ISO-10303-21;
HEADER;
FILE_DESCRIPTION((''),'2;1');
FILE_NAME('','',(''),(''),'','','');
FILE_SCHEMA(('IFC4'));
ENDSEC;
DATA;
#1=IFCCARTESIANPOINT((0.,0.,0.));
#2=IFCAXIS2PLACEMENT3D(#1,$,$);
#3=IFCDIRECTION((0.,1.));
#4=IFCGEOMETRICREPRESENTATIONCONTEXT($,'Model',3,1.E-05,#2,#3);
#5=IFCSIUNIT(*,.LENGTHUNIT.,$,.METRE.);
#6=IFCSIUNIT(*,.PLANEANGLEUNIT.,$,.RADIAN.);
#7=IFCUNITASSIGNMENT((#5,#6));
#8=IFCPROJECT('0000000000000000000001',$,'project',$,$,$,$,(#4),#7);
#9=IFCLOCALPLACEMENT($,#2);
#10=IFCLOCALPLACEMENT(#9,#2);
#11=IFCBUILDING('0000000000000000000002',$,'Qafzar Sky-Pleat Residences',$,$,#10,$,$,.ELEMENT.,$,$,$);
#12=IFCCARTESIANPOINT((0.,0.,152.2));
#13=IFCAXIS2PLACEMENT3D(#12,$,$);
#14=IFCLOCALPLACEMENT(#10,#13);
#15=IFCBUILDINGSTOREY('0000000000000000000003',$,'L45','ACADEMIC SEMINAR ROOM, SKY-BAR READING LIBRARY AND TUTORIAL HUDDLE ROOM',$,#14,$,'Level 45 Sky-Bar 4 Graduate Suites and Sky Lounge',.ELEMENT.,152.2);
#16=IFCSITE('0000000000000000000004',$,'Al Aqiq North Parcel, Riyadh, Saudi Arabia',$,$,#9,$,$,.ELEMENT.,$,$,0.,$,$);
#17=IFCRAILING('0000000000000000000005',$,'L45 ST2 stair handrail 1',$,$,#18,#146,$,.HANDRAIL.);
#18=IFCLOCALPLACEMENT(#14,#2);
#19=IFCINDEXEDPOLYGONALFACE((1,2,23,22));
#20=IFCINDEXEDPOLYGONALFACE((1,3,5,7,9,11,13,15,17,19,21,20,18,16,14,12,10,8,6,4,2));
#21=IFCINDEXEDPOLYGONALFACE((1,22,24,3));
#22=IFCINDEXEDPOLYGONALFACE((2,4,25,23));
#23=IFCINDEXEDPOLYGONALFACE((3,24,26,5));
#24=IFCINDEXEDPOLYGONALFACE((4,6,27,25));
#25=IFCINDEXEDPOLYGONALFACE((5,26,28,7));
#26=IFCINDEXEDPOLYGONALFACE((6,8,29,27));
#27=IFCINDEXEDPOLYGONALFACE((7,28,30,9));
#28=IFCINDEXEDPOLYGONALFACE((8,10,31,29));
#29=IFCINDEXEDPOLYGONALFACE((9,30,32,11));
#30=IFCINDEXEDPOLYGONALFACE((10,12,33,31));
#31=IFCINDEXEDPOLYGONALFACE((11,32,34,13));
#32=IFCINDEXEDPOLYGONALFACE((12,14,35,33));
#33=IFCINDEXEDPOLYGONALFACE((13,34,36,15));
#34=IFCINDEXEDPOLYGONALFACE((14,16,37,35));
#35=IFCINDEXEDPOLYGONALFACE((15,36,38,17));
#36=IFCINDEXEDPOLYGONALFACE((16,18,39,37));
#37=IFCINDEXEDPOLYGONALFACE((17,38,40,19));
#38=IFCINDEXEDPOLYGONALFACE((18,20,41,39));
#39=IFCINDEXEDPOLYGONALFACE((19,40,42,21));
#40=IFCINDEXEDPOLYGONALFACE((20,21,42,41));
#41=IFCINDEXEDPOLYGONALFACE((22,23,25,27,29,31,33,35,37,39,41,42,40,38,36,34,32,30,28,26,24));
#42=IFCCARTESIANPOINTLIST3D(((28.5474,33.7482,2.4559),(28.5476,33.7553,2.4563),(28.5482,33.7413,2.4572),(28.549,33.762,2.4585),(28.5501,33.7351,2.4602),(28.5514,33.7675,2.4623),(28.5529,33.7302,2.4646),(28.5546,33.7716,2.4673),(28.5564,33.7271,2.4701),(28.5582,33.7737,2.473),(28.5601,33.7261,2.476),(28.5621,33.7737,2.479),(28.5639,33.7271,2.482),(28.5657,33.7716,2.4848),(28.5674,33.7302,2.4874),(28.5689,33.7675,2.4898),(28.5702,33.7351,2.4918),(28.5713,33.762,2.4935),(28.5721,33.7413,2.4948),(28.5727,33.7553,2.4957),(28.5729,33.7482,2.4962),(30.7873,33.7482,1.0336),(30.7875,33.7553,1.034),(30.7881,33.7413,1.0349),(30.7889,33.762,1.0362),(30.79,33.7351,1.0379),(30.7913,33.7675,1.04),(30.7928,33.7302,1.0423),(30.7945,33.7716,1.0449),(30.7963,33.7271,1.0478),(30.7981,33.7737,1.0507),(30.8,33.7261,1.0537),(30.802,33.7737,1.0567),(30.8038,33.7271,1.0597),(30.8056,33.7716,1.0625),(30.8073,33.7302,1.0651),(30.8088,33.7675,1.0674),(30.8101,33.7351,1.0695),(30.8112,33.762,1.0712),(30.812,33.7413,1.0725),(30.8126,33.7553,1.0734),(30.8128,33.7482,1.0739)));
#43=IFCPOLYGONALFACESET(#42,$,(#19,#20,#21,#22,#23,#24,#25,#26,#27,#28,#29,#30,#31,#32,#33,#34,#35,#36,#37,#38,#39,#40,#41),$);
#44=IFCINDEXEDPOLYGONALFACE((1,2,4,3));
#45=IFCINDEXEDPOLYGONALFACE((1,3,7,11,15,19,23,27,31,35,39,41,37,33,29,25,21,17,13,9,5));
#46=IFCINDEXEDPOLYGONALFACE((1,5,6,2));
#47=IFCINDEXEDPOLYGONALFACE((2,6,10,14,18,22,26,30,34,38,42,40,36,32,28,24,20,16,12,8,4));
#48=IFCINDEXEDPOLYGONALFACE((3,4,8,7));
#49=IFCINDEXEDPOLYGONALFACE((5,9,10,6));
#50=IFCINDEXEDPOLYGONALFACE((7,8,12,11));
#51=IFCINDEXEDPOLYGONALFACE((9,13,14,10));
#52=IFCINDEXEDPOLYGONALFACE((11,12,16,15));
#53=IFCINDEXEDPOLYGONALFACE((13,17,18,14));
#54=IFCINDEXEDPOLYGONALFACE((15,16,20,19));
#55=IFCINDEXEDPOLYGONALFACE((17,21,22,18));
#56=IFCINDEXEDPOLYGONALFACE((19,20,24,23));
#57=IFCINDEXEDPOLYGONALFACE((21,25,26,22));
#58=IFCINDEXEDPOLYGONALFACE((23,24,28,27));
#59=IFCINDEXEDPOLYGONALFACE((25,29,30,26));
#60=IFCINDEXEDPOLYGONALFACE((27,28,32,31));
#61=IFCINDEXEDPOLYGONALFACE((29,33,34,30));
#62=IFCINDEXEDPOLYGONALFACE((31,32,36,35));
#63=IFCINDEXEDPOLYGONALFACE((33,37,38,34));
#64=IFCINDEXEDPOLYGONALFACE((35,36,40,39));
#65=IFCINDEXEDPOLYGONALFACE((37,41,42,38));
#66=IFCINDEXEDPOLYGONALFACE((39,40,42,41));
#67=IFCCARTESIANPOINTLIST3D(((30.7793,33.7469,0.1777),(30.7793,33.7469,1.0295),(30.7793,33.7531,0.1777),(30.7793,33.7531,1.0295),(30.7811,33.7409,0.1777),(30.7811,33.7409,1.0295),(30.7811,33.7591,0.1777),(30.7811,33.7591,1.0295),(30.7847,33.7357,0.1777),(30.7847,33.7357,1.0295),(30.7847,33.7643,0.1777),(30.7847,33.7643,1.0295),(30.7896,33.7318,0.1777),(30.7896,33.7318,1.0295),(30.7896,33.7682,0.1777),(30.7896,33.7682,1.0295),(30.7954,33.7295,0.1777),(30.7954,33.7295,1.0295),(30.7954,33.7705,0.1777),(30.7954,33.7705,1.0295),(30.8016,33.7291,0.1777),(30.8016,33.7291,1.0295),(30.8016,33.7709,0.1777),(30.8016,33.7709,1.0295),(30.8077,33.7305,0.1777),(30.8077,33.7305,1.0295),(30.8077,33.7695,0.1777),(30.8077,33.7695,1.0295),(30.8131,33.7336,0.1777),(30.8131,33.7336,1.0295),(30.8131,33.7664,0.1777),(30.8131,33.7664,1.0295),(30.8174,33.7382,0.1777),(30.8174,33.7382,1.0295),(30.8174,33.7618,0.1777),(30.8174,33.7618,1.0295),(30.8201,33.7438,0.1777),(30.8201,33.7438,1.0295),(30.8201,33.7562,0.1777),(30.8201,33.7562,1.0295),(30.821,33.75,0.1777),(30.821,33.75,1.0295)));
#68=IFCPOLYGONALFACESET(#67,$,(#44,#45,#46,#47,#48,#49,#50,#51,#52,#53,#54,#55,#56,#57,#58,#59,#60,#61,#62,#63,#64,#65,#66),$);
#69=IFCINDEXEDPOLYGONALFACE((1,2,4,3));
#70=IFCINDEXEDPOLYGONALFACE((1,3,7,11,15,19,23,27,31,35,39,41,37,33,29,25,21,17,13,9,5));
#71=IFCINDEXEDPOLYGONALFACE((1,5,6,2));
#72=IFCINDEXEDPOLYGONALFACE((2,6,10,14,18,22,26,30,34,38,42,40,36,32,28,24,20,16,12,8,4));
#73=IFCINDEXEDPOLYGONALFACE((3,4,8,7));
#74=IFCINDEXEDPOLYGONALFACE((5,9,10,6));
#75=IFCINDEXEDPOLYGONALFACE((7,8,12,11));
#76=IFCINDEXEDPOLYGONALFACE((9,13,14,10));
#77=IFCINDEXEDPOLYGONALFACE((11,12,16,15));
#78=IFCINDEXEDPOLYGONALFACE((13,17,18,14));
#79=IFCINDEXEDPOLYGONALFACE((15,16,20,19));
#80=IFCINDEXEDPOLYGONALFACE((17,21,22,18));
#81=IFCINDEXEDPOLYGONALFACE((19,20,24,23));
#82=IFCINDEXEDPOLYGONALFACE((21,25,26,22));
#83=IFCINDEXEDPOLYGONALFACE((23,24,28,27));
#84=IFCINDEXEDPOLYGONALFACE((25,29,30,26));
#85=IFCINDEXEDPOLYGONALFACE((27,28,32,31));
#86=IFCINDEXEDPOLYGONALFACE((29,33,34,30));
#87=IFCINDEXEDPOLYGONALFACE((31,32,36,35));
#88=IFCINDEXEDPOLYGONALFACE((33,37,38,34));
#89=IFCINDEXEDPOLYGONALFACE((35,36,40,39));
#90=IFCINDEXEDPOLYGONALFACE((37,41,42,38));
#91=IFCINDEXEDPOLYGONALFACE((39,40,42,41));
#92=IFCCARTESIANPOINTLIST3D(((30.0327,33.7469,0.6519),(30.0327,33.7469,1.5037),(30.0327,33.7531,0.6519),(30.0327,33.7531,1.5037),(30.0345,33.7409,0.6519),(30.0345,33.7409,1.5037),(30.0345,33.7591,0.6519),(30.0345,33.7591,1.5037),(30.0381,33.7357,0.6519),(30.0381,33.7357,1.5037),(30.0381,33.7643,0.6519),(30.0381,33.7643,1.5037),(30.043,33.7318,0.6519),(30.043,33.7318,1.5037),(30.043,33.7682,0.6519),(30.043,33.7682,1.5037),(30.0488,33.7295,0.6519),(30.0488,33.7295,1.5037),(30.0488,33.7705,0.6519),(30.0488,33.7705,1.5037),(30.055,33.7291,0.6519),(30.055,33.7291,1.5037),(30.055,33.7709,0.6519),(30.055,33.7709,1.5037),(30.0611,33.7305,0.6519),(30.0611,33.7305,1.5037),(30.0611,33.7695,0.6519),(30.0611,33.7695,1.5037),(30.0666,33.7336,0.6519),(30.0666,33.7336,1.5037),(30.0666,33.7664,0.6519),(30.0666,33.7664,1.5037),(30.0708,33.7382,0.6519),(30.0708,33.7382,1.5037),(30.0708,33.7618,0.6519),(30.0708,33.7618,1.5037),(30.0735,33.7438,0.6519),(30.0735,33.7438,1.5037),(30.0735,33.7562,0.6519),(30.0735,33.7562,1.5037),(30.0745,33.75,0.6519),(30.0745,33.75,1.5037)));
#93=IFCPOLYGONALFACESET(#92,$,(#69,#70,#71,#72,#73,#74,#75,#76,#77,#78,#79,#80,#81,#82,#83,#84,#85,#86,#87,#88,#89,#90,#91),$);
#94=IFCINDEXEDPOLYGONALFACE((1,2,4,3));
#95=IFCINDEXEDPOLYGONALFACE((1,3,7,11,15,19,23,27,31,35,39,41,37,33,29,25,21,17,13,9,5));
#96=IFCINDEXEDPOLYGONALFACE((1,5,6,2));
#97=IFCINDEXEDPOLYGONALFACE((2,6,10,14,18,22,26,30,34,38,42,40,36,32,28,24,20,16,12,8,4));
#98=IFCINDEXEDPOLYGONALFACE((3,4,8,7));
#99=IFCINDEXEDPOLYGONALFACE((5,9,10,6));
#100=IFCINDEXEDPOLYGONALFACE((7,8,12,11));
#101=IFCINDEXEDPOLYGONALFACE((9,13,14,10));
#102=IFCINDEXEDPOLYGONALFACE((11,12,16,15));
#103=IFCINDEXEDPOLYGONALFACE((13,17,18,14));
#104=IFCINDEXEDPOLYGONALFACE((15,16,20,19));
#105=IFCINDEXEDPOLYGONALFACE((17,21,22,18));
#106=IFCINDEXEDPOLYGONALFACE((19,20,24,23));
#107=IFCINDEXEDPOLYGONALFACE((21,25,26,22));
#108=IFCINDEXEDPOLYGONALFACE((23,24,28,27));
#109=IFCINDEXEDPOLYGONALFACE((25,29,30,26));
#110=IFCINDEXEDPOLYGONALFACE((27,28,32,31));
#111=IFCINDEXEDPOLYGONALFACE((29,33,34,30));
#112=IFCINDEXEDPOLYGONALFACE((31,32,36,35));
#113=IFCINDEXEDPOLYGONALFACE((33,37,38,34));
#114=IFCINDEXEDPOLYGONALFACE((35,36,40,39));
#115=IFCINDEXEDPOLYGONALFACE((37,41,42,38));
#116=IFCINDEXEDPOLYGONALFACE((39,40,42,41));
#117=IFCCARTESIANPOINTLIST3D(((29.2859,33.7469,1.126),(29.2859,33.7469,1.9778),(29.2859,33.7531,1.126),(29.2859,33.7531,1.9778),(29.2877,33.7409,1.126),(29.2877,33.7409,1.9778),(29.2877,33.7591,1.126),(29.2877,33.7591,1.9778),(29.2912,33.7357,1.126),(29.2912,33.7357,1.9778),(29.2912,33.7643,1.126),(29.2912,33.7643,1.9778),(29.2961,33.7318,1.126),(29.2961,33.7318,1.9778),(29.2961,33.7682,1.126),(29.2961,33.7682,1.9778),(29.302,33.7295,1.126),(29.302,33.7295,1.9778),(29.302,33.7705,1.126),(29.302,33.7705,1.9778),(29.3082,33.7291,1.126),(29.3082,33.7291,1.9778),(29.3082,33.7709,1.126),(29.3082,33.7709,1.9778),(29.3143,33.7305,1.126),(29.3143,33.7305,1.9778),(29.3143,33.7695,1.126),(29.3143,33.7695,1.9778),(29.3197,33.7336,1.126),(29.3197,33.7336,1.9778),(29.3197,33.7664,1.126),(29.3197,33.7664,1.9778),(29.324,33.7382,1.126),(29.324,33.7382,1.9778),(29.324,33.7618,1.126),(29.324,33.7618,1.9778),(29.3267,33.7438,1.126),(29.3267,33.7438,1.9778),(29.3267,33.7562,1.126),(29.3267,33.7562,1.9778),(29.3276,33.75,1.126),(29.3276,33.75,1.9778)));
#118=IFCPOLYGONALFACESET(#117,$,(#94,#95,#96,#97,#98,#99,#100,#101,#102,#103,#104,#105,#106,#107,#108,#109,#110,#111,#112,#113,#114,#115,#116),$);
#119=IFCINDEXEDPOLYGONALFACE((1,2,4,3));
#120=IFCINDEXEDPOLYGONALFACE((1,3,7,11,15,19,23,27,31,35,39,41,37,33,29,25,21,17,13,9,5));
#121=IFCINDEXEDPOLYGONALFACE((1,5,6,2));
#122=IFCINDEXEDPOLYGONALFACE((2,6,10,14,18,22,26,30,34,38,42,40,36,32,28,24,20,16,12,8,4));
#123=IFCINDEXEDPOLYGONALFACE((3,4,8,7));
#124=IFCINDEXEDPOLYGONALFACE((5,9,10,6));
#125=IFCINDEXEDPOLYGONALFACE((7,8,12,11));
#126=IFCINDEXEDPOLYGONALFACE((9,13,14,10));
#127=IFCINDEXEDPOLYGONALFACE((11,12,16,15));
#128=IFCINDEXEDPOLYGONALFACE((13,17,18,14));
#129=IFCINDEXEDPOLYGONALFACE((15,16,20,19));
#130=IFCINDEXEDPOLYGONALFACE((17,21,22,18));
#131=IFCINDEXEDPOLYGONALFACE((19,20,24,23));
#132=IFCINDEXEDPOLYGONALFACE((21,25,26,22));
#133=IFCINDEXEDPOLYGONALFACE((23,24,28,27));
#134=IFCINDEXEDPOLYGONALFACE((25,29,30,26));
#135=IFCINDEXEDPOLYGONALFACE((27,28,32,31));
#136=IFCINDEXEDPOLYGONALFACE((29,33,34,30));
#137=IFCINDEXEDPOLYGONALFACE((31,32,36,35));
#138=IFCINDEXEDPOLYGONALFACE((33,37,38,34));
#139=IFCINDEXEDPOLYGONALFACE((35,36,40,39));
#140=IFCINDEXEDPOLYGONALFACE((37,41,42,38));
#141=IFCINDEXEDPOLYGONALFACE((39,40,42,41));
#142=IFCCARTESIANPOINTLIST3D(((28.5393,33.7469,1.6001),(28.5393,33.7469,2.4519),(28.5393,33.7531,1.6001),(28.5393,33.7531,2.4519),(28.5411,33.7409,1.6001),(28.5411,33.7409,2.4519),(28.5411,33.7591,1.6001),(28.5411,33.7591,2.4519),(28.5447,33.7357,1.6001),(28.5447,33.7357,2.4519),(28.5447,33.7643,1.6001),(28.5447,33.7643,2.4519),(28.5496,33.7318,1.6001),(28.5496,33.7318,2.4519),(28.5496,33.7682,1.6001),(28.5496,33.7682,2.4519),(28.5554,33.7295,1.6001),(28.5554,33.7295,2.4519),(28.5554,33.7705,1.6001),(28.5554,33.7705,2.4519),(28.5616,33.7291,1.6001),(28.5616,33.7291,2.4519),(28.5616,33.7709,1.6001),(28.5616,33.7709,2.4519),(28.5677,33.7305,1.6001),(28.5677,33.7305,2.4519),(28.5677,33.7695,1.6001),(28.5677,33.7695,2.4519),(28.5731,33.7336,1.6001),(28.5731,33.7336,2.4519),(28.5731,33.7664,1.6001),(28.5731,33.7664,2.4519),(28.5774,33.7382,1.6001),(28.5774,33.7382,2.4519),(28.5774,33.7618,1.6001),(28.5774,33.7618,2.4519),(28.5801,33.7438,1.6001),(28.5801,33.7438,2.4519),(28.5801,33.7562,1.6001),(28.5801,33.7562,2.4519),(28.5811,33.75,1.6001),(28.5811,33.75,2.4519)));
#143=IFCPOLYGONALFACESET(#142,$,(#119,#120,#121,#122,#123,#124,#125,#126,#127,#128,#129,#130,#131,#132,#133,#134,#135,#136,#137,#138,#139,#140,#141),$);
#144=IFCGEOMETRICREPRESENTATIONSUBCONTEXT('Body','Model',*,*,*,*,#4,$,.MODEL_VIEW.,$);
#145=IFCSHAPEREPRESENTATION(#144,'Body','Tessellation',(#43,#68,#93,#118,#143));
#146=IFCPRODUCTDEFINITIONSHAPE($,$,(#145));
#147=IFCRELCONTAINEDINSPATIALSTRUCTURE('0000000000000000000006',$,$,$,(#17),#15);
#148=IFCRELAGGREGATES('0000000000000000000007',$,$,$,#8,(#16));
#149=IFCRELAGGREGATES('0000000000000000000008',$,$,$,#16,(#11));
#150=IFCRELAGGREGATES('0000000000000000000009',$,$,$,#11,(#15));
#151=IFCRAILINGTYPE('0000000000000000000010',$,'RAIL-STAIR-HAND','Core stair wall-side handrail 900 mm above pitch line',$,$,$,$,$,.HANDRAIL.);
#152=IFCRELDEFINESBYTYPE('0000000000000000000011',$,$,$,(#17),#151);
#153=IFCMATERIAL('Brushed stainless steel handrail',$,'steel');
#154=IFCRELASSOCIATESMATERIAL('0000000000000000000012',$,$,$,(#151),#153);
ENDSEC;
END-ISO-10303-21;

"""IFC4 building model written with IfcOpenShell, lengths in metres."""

from ifc_helpers import new_model, si_unit, direction, frame, origin, origin_2d, place, context, subcontext, project, spatial, circle, extrude, source, transform, mapped, material, type_object, element, save


model = new_model("IFC4")

# Units and contexts
model_context = context("Model", 3, precision=1e-05, world=origin(), true_north=direction((0.0, 1.0)))
body_context = subcontext(model_context, "Body", "Model", "MODEL_VIEW")
ifc_project = project(units=[si_unit("LENGTHUNIT", "METRE"), si_unit("PLANEANGLEUNIT", "RADIAN")], contexts=[model_context])

# Site, building, storey
site_placement = place(None, origin())
site = spatial("IfcSite", under=ifc_project, at=site_placement, Name="Al Aqiq North Parcel, Riyadh, Saudi Arabia", CompositionType="ELEMENT", RefElevation=0.0)
building_placement = place(site_placement, origin())
building = spatial("IfcBuilding", under=site, at=building_placement, Name="Qafzar Sky-Pleat Residences", CompositionType="ELEMENT")
storey_placement = place(building_placement, frame((0.0, 0.0, 152.2)))
storey = spatial("IfcBuildingStorey", under=building, at=storey_placement, Name="L45", Description="ACADEMIC SEMINAR ROOM, SKY-BAR READING LIBRARY AND TUTORIAL HUDDLE ROOM", LongName="Level 45 Sky-Bar 4 Graduate Suites and Sky Lounge", CompositionType="ELEMENT", Elevation=152.2)

# Railing
ifc_material_1 = material(Name="Brushed stainless steel handrail", Category="steel")
railing_type_1 = type_object("IfcRailingType", Name="RAIL-STAIR-HAND", Description="Core stair wall-side handrail 900 mm above pitch line", PredefinedType="HANDRAIL", material=ifc_material_1)
shared_shape_1 = source(origin(), body_context, "Body", "SweptSolid", [
    extrude(circle(Radius=0.0239, at=origin_2d()), frame((0.0, 0.0, 0.876), z_axis=(-0.844188, 0.0, 0.536048), x_axis=(0.0, -1.0, 0.0)), (0.0, 0.0, 1.0), 2.6533),
    extrude(circle(Radius=0.021, at=origin_2d()), origin(), (0.0, 0.0, 1.0), 0.8518),
    extrude(circle(Radius=0.021, at=origin_2d()), frame((-0.7466, 0.0, 0.4741)), (0.0, 0.0, 1.0), 0.8518),
    extrude(circle(Radius=0.021, at=origin_2d()), frame((-1.4934, 0.0, 0.9482)), (0.0, 0.0, 1.0), 0.8518),
    extrude(circle(Radius=0.021, at=origin_2d()), frame((-2.24, 0.0, 1.4224)), (0.0, 0.0, 1.0), 0.8518),
])
railing_1_placement = place(storey_placement, frame((30.8, 33.75, 0.1777)))
element("IfcRailing", 1, at=railing_1_placement, inside=storey, type_object=railing_type_1, Name="L45 ST2 stair handrail 1", PredefinedType="HANDRAIL", context=body_context, shape_type="MappedRepresentation", body=[
    mapped(shared_shape_1, transform((0.0, 0.0, 0.0), x_axis=(1.0, 0.0, 0.0), y_axis=(0.0, 1.0, 0.0), z_axis=(0.0, 0.0, 1.0), scale=1.0)),
])

save(model, "model.ifc")
